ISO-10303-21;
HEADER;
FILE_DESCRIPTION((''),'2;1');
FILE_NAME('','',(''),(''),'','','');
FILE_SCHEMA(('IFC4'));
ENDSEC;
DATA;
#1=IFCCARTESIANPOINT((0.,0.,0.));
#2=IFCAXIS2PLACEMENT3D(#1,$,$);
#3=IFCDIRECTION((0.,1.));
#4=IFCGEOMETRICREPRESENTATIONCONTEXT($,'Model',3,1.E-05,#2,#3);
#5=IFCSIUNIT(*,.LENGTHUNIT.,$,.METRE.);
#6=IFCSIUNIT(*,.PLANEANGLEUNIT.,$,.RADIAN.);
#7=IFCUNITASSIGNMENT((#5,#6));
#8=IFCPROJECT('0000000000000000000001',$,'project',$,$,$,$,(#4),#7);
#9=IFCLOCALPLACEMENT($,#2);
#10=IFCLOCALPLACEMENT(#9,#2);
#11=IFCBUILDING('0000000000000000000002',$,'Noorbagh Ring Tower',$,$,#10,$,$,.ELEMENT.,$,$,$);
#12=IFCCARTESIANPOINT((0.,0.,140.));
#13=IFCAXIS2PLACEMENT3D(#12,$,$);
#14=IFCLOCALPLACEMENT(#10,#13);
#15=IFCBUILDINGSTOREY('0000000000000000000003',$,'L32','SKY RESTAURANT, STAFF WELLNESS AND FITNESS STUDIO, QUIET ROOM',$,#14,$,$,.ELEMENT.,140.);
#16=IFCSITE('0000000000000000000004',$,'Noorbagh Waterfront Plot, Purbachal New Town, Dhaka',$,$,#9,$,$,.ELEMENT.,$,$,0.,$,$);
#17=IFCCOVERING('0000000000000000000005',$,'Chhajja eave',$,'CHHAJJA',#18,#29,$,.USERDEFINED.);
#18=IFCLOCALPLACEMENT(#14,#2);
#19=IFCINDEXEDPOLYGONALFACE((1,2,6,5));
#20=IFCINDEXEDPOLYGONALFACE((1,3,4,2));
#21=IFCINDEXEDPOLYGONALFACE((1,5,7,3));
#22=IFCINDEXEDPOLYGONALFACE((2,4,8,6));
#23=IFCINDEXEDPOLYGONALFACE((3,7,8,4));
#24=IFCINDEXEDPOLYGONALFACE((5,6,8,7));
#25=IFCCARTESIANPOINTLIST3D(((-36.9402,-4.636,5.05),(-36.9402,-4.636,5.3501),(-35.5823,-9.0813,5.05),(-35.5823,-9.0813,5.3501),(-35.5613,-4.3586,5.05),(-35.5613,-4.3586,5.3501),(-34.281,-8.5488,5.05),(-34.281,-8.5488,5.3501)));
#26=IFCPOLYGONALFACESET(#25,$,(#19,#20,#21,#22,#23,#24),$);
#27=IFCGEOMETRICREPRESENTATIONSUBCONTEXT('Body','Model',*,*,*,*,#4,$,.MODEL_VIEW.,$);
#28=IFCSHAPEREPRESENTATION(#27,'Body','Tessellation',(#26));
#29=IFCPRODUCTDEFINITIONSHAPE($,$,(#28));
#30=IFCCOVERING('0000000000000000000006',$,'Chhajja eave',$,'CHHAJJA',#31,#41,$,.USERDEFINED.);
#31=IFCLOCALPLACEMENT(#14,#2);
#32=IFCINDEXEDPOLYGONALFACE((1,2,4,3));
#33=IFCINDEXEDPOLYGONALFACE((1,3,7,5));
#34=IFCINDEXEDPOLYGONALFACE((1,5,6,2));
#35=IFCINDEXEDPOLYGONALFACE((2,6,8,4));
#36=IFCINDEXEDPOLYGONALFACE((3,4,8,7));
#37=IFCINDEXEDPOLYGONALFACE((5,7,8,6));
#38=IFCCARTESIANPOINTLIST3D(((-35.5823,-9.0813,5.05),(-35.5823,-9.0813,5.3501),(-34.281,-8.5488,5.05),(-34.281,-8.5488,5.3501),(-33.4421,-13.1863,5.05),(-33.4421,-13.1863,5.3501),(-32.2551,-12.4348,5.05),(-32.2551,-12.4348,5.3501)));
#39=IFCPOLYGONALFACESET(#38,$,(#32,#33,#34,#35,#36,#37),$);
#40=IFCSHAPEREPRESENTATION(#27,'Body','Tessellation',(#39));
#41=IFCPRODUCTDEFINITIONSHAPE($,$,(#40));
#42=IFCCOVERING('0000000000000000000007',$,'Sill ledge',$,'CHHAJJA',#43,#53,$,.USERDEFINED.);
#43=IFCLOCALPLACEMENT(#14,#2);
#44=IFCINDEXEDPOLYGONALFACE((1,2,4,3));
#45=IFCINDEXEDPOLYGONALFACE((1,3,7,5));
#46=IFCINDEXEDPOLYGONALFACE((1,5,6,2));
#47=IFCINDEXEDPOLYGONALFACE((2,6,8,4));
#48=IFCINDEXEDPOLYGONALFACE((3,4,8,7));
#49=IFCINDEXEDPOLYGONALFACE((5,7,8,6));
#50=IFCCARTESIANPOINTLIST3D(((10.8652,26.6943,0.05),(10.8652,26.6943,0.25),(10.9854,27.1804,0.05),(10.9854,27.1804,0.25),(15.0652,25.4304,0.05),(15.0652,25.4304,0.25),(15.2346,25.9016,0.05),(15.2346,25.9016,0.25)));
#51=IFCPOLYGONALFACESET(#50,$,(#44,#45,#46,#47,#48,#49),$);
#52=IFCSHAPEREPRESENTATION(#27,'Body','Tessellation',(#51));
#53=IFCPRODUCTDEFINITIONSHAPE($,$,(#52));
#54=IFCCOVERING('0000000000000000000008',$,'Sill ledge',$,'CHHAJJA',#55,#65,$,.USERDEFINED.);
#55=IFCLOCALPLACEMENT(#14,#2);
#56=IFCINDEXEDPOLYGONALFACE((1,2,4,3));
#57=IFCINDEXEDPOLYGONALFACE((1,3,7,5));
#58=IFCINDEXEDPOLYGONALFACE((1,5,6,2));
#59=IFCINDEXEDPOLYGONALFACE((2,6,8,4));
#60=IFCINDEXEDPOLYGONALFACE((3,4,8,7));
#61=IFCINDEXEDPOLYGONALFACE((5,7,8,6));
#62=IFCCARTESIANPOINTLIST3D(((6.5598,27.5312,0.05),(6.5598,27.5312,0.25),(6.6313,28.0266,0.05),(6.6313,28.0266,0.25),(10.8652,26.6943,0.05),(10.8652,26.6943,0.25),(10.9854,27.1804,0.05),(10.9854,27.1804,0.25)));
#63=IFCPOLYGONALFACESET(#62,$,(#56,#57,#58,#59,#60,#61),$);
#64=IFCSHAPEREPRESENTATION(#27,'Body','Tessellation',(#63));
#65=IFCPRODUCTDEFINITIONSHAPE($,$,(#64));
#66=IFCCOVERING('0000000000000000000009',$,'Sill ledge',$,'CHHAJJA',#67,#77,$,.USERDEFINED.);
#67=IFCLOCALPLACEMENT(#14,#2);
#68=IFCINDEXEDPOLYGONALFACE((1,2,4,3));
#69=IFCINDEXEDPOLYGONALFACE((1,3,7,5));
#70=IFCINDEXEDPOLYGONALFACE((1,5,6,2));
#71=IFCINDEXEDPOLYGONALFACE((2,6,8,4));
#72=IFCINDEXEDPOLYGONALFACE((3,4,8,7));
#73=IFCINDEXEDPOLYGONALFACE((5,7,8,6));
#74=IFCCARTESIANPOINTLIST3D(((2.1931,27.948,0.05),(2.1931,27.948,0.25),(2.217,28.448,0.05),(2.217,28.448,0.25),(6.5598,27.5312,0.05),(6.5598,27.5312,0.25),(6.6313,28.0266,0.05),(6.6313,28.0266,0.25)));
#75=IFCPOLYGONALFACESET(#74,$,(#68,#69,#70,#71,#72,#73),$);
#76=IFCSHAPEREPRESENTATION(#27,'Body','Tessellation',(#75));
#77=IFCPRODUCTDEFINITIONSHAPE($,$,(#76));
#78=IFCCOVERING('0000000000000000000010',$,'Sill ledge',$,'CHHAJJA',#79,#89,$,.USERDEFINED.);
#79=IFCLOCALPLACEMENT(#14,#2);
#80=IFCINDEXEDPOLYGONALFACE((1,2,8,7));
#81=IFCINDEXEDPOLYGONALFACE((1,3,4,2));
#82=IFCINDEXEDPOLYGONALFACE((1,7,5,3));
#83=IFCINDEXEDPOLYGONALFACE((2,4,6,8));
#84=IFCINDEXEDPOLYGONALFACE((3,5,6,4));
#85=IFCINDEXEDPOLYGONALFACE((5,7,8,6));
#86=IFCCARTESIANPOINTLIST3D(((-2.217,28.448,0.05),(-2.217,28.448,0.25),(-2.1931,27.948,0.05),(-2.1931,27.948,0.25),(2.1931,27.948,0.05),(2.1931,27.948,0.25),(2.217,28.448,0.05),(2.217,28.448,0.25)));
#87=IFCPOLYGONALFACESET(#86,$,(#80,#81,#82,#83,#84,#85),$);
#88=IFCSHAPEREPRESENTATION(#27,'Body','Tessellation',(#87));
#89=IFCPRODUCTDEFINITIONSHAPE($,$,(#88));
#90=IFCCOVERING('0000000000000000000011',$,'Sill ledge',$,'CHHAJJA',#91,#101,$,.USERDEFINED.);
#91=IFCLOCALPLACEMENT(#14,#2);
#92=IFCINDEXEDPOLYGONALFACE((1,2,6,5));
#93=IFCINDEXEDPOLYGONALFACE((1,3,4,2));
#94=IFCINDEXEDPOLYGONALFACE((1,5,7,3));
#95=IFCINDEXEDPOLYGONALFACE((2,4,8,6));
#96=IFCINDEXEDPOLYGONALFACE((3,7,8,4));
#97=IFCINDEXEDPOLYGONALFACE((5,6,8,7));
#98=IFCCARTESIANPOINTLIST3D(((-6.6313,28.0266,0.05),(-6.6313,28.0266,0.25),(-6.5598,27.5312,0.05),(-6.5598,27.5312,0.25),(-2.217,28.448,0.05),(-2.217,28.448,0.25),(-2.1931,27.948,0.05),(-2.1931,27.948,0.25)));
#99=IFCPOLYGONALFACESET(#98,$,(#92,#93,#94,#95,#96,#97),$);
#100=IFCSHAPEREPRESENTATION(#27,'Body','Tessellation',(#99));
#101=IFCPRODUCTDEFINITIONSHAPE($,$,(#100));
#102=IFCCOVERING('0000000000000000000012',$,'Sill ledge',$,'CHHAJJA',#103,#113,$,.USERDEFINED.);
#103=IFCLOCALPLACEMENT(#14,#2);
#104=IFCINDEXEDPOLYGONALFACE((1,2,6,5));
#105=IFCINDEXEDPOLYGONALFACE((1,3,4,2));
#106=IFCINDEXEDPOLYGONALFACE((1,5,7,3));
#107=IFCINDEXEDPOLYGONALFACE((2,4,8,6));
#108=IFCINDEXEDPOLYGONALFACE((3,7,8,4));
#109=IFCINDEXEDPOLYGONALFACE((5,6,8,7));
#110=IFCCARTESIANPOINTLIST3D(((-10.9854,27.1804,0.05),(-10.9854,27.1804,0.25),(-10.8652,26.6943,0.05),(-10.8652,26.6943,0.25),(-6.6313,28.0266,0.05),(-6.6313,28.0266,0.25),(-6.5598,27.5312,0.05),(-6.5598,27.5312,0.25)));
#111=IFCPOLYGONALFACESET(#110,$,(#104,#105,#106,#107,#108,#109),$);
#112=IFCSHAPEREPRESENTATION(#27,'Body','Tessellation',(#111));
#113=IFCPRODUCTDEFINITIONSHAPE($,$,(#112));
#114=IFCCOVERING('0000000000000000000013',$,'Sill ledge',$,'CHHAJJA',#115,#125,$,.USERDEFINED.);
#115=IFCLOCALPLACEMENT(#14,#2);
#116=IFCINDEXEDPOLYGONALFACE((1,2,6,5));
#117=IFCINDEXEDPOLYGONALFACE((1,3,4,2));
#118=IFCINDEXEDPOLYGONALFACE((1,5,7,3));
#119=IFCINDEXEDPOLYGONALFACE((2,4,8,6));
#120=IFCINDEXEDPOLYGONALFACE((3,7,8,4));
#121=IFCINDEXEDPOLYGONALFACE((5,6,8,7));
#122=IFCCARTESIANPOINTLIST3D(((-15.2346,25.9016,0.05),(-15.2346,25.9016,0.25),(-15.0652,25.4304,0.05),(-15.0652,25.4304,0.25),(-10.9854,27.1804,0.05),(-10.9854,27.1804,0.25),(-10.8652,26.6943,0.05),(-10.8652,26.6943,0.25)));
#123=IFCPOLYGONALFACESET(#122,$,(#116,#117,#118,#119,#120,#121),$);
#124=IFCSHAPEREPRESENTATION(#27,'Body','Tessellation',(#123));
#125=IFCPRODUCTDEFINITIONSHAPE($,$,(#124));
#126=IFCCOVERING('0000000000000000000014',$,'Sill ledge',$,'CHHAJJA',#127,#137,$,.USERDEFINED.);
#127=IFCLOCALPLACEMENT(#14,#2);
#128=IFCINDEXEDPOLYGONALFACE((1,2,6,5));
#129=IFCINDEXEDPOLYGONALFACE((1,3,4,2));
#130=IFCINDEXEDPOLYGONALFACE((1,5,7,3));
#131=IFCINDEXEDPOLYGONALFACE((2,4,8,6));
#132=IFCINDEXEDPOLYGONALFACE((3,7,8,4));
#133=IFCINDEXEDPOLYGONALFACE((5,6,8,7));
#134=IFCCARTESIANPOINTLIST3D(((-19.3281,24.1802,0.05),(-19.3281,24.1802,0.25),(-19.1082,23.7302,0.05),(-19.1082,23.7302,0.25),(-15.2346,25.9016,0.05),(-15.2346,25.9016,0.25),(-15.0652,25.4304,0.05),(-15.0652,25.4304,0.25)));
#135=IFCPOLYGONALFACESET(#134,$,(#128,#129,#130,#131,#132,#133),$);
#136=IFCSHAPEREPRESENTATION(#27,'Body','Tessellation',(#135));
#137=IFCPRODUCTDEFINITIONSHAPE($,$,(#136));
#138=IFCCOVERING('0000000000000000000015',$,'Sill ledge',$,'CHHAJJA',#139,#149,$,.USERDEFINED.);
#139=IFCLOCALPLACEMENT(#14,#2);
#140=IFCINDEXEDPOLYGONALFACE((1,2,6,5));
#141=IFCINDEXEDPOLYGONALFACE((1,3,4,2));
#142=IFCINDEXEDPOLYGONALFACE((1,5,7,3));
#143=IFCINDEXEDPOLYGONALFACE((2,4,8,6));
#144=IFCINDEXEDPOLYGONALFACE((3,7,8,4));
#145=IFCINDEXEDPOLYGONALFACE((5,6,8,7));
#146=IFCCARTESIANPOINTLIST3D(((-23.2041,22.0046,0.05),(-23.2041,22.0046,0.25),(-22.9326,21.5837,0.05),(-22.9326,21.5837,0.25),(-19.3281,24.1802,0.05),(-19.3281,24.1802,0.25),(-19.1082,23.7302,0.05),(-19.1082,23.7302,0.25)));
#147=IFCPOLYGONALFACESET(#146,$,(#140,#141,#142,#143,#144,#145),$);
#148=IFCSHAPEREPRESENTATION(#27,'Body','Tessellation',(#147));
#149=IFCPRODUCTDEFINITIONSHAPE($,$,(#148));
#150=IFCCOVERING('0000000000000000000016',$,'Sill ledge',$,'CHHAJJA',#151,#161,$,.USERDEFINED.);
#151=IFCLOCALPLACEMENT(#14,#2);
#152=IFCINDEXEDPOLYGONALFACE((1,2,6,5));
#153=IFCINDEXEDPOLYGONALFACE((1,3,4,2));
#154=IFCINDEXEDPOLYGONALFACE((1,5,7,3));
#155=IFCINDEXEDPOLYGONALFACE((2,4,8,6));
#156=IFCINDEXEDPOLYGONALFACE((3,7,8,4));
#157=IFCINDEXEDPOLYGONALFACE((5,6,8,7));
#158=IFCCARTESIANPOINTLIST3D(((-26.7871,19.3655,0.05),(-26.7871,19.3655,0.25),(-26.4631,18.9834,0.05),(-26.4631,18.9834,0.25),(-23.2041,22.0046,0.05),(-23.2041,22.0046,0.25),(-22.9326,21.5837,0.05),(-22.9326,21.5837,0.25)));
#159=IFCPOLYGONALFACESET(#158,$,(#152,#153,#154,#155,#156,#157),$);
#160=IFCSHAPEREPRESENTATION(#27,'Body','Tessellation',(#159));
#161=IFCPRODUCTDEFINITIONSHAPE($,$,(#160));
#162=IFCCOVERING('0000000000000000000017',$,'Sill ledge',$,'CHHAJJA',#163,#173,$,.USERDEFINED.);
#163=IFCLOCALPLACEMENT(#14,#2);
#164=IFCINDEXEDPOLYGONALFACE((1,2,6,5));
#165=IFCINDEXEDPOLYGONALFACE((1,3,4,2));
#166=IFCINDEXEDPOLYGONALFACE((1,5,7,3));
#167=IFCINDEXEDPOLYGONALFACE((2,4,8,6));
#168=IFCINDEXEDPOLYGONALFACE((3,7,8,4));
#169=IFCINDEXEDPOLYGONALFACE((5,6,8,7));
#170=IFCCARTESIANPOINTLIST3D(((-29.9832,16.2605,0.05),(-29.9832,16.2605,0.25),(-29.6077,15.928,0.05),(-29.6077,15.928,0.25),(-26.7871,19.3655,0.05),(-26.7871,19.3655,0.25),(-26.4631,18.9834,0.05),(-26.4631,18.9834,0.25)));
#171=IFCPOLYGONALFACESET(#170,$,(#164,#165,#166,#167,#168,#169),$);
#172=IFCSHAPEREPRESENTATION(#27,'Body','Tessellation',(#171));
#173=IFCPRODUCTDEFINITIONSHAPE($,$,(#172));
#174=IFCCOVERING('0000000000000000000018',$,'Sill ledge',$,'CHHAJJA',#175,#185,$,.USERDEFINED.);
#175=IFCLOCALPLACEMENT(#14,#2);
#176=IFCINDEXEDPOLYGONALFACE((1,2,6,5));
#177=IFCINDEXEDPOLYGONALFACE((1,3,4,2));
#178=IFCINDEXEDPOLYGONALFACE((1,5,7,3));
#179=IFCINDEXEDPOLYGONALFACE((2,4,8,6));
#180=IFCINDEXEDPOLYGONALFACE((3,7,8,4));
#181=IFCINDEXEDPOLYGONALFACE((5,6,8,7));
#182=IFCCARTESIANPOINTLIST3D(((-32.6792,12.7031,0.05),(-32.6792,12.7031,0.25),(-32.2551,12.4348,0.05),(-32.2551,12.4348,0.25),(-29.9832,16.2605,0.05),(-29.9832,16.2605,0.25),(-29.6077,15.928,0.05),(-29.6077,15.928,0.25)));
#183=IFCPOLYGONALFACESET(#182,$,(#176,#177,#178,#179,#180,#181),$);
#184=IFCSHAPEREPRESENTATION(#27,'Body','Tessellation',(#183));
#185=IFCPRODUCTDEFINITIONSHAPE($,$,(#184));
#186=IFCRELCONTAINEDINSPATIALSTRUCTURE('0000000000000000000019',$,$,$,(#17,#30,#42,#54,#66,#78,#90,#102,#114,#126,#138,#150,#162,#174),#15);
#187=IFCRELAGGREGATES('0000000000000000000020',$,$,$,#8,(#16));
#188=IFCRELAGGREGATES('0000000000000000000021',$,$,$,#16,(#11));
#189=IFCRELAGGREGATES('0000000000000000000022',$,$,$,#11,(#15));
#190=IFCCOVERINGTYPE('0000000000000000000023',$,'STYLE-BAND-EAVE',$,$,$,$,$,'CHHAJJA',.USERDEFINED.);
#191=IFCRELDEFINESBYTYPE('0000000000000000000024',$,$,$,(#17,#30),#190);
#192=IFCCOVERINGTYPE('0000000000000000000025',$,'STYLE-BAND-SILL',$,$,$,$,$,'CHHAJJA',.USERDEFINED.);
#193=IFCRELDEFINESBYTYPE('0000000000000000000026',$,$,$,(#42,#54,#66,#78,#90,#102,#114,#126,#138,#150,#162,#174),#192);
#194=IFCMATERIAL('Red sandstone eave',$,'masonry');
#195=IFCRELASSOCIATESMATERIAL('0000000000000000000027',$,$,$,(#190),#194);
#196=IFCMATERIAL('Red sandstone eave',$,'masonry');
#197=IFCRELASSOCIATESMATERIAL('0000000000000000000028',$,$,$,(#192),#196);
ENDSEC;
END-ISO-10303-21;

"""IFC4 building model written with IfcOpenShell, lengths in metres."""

from ifc_helpers import new_model, si_unit, direction, frame, origin, place, context, subcontext, project, spatial, polyline, outline, extrude, material, type_object, element, save


model = new_model("IFC4")

# Units and contexts
model_context = context("Model", 3, precision=1e-05, world=origin(), true_north=direction((0.0, 1.0)))
body_context = subcontext(model_context, "Body", "Model", "MODEL_VIEW")
ifc_project = project(units=[si_unit("LENGTHUNIT", "METRE"), si_unit("PLANEANGLEUNIT", "RADIAN")], contexts=[model_context])

# Site, building, storey
site_placement = place(None, origin())
site = spatial("IfcSite", under=ifc_project, at=site_placement, Name="Noorbagh Waterfront Plot, Purbachal New Town, Dhaka", CompositionType="ELEMENT", RefElevation=0.0)
building_placement = place(site_placement, origin())
building = spatial("IfcBuilding", under=site, at=building_placement, Name="Noorbagh Ring Tower", CompositionType="ELEMENT")
storey_placement = place(building_placement, frame((0.0, 0.0, 140.0)))
storey = spatial("IfcBuildingStorey", under=building, at=storey_placement, Name="L32", Description="SKY RESTAURANT, STAFF WELLNESS AND FITNESS STUDIO, QUIET ROOM", CompositionType="ELEMENT", Elevation=140.0)

# Coverings
ifc_material_1 = material(Name="Red sandstone eave", Category="masonry")
covering_type_1 = type_object("IfcCoveringType", Name="STYLE-BAND-EAVE", ElementType="CHHAJJA", PredefinedType="USERDEFINED", material=ifc_material_1)
covering_1_placement = place(storey_placement, frame((0.0, 0.0, 5.05)))
element("IfcCovering", 1, at=covering_1_placement, inside=storey, type_object=covering_type_1, Name="Chhajja eave", ObjectType="CHHAJJA", PredefinedType="USERDEFINED", context=body_context, shape_type="SweptSolid", body=[
    extrude(outline(polyline([(-35.5613, -4.3586), (-34.281, -8.5488), (-35.5823, -9.0813), (-36.9402, -4.636), (-35.5613, -4.3586)])), origin(), (0.0, 0.0, 1.0), 0.3),
])
covering_2_placement = place(storey_placement, frame((0.0, 0.0, 5.05)))
element("IfcCovering", 2, at=covering_2_placement, inside=storey, type_object=covering_type_1, Name="Chhajja eave", ObjectType="CHHAJJA", PredefinedType="USERDEFINED", context=body_context, shape_type="SweptSolid", body=[
    extrude(outline(polyline([(-34.281, -8.5488), (-32.2551, -12.4348), (-33.4421, -13.1863), (-35.5823, -9.0813), (-34.281, -8.5488)])), origin(), (0.0, 0.0, 1.0), 0.3),
])
ifc_material_2 = material(Name="Red sandstone eave", Category="masonry")
covering_type_2 = type_object("IfcCoveringType", Name="STYLE-BAND-SILL", ElementType="CHHAJJA", PredefinedType="USERDEFINED", material=ifc_material_2)
covering_3_placement = place(storey_placement, frame((0.0, 0.0, 0.05)))
element("IfcCovering", 3, at=covering_3_placement, inside=storey, type_object=covering_type_2, Name="Sill ledge", ObjectType="CHHAJJA", PredefinedType="USERDEFINED", context=body_context, shape_type="SweptSolid", body=[
    extrude(outline(polyline([(15.0652, 25.4304), (10.8652, 26.6943), (10.9854, 27.1804), (15.2346, 25.9016), (15.0652, 25.4304)])), origin(), (0.0, 0.0, 1.0), 0.2),
])
covering_4_placement = place(storey_placement, frame((0.0, 0.0, 0.05)))
element("IfcCovering", 4, at=covering_4_placement, inside=storey, type_object=covering_type_2, Name="Sill ledge", ObjectType="CHHAJJA", PredefinedType="USERDEFINED", context=body_context, shape_type="SweptSolid", body=[
    extrude(outline(polyline([(10.8652, 26.6943), (6.5598, 27.5312), (6.6313, 28.0266), (10.9854, 27.1804), (10.8652, 26.6943)])), origin(), (0.0, 0.0, 1.0), 0.2),
])
covering_5_placement = place(storey_placement, frame((0.0, 0.0, 0.05)))
element("IfcCovering", 5, at=covering_5_placement, inside=storey, type_object=covering_type_2, Name="Sill ledge", ObjectType="CHHAJJA", PredefinedType="USERDEFINED", context=body_context, shape_type="SweptSolid", body=[
    extrude(outline(polyline([(6.5598, 27.5312), (2.1931, 27.948), (2.217, 28.448), (6.6313, 28.0266), (6.5598, 27.5312)])), origin(), (0.0, 0.0, 1.0), 0.2),
])
covering_6_placement = place(storey_placement, frame((0.0, 0.0, 0.05)))
element("IfcCovering", 6, at=covering_6_placement, inside=storey, type_object=covering_type_2, Name="Sill ledge", ObjectType="CHHAJJA", PredefinedType="USERDEFINED", context=body_context, shape_type="SweptSolid", body=[
    extrude(outline(polyline([(2.1931, 27.948), (-2.1931, 27.948), (-2.217, 28.448), (2.217, 28.448), (2.1931, 27.948)])), origin(), (0.0, 0.0, 1.0), 0.2),
])
covering_7_placement = place(storey_placement, frame((0.0, 0.0, 0.05)))
element("IfcCovering", 7, at=covering_7_placement, inside=storey, type_object=covering_type_2, Name="Sill ledge", ObjectType="CHHAJJA", PredefinedType="USERDEFINED", context=body_context, shape_type="SweptSolid", body=[
    extrude(outline(polyline([(-2.1931, 27.948), (-6.5598, 27.5312), (-6.6313, 28.0266), (-2.217, 28.448), (-2.1931, 27.948)])), origin(), (0.0, 0.0, 1.0), 0.2),
])
covering_8_placement = place(storey_placement, frame((0.0, 0.0, 0.05)))
element("IfcCovering", 8, at=covering_8_placement, inside=storey, type_object=covering_type_2, Name="Sill ledge", ObjectType="CHHAJJA", PredefinedType="USERDEFINED", context=body_context, shape_type="SweptSolid", body=[
    extrude(outline(polyline([(-6.5598, 27.5312), (-10.8652, 26.6943), (-10.9854, 27.1804), (-6.6313, 28.0266), (-6.5598, 27.5312)])), origin(), (0.0, 0.0, 1.0), 0.2),
])
covering_9_placement = place(storey_placement, frame((0.0, 0.0, 0.05)))
element("IfcCovering", 9, at=covering_9_placement, inside=storey, type_object=covering_type_2, Name="Sill ledge", ObjectType="CHHAJJA", PredefinedType="USERDEFINED", context=body_context, shape_type="SweptSolid", body=[
    extrude(outline(polyline([(-10.8652, 26.6943), (-15.0652, 25.4304), (-15.2346, 25.9016), (-10.9854, 27.1804), (-10.8652, 26.6943)])), origin(), (0.0, 0.0, 1.0), 0.2),
])
covering_10_placement = place(storey_placement, frame((0.0, 0.0, 0.05)))
element("IfcCovering", 10, at=covering_10_placement, inside=storey, type_object=covering_type_2, Name="Sill ledge", ObjectType="CHHAJJA", PredefinedType="USERDEFINED", context=body_context, shape_type="SweptSolid", body=[
    extrude(outline(polyline([(-15.0652, 25.4304), (-19.1082, 23.7302), (-19.3281, 24.1802), (-15.2346, 25.9016), (-15.0652, 25.4304)])), origin(), (0.0, 0.0, 1.0), 0.2),
])
covering_11_placement = place(storey_placement, frame((0.0, 0.0, 0.05)))
element("IfcCovering", 11, at=covering_11_placement, inside=storey, type_object=covering_type_2, Name="Sill ledge", ObjectType="CHHAJJA", PredefinedType="USERDEFINED", context=body_context, shape_type="SweptSolid", body=[
    extrude(outline(polyline([(-19.1082, 23.7302), (-22.9326, 21.5837), (-23.2041, 22.0046), (-19.3281, 24.1802), (-19.1082, 23.7302)])), origin(), (0.0, 0.0, 1.0), 0.2),
])
covering_12_placement = place(storey_placement, frame((0.0, 0.0, 0.05)))
element("IfcCovering", 12, at=covering_12_placement, inside=storey, type_object=covering_type_2, Name="Sill ledge", ObjectType="CHHAJJA", PredefinedType="USERDEFINED", context=body_context, shape_type="SweptSolid", body=[
    extrude(outline(polyline([(-22.9326, 21.5837), (-26.4631, 18.9834), (-26.7871, 19.3655), (-23.2041, 22.0046), (-22.9326, 21.5837)])), origin(), (0.0, 0.0, 1.0), 0.2),
])
covering_13_placement = place(storey_placement, frame((0.0, 0.0, 0.05)))
element("IfcCovering", 13, at=covering_13_placement, inside=storey, type_object=covering_type_2, Name="Sill ledge", ObjectType="CHHAJJA", PredefinedType="USERDEFINED", context=body_context, shape_type="SweptSolid", body=[
    extrude(outline(polyline([(-26.4631, 18.9834), (-29.6077, 15.928), (-29.9832, 16.2605), (-26.7871, 19.3655), (-26.4631, 18.9834)])), origin(), (0.0, 0.0, 1.0), 0.2),
])
covering_14_placement = place(storey_placement, frame((0.0, 0.0, 0.05)))
element("IfcCovering", 14, at=covering_14_placement, inside=storey, type_object=covering_type_2, Name="Sill ledge", ObjectType="CHHAJJA", PredefinedType="USERDEFINED", context=body_context, shape_type="SweptSolid", body=[
    extrude(outline(polyline([(-29.6077, 15.928), (-32.2551, 12.4348), (-32.6792, 12.7031), (-29.9832, 16.2605), (-29.6077, 15.928)])), origin(), (0.0, 0.0, 1.0), 0.2),
])

save(model, "model.ifc")
